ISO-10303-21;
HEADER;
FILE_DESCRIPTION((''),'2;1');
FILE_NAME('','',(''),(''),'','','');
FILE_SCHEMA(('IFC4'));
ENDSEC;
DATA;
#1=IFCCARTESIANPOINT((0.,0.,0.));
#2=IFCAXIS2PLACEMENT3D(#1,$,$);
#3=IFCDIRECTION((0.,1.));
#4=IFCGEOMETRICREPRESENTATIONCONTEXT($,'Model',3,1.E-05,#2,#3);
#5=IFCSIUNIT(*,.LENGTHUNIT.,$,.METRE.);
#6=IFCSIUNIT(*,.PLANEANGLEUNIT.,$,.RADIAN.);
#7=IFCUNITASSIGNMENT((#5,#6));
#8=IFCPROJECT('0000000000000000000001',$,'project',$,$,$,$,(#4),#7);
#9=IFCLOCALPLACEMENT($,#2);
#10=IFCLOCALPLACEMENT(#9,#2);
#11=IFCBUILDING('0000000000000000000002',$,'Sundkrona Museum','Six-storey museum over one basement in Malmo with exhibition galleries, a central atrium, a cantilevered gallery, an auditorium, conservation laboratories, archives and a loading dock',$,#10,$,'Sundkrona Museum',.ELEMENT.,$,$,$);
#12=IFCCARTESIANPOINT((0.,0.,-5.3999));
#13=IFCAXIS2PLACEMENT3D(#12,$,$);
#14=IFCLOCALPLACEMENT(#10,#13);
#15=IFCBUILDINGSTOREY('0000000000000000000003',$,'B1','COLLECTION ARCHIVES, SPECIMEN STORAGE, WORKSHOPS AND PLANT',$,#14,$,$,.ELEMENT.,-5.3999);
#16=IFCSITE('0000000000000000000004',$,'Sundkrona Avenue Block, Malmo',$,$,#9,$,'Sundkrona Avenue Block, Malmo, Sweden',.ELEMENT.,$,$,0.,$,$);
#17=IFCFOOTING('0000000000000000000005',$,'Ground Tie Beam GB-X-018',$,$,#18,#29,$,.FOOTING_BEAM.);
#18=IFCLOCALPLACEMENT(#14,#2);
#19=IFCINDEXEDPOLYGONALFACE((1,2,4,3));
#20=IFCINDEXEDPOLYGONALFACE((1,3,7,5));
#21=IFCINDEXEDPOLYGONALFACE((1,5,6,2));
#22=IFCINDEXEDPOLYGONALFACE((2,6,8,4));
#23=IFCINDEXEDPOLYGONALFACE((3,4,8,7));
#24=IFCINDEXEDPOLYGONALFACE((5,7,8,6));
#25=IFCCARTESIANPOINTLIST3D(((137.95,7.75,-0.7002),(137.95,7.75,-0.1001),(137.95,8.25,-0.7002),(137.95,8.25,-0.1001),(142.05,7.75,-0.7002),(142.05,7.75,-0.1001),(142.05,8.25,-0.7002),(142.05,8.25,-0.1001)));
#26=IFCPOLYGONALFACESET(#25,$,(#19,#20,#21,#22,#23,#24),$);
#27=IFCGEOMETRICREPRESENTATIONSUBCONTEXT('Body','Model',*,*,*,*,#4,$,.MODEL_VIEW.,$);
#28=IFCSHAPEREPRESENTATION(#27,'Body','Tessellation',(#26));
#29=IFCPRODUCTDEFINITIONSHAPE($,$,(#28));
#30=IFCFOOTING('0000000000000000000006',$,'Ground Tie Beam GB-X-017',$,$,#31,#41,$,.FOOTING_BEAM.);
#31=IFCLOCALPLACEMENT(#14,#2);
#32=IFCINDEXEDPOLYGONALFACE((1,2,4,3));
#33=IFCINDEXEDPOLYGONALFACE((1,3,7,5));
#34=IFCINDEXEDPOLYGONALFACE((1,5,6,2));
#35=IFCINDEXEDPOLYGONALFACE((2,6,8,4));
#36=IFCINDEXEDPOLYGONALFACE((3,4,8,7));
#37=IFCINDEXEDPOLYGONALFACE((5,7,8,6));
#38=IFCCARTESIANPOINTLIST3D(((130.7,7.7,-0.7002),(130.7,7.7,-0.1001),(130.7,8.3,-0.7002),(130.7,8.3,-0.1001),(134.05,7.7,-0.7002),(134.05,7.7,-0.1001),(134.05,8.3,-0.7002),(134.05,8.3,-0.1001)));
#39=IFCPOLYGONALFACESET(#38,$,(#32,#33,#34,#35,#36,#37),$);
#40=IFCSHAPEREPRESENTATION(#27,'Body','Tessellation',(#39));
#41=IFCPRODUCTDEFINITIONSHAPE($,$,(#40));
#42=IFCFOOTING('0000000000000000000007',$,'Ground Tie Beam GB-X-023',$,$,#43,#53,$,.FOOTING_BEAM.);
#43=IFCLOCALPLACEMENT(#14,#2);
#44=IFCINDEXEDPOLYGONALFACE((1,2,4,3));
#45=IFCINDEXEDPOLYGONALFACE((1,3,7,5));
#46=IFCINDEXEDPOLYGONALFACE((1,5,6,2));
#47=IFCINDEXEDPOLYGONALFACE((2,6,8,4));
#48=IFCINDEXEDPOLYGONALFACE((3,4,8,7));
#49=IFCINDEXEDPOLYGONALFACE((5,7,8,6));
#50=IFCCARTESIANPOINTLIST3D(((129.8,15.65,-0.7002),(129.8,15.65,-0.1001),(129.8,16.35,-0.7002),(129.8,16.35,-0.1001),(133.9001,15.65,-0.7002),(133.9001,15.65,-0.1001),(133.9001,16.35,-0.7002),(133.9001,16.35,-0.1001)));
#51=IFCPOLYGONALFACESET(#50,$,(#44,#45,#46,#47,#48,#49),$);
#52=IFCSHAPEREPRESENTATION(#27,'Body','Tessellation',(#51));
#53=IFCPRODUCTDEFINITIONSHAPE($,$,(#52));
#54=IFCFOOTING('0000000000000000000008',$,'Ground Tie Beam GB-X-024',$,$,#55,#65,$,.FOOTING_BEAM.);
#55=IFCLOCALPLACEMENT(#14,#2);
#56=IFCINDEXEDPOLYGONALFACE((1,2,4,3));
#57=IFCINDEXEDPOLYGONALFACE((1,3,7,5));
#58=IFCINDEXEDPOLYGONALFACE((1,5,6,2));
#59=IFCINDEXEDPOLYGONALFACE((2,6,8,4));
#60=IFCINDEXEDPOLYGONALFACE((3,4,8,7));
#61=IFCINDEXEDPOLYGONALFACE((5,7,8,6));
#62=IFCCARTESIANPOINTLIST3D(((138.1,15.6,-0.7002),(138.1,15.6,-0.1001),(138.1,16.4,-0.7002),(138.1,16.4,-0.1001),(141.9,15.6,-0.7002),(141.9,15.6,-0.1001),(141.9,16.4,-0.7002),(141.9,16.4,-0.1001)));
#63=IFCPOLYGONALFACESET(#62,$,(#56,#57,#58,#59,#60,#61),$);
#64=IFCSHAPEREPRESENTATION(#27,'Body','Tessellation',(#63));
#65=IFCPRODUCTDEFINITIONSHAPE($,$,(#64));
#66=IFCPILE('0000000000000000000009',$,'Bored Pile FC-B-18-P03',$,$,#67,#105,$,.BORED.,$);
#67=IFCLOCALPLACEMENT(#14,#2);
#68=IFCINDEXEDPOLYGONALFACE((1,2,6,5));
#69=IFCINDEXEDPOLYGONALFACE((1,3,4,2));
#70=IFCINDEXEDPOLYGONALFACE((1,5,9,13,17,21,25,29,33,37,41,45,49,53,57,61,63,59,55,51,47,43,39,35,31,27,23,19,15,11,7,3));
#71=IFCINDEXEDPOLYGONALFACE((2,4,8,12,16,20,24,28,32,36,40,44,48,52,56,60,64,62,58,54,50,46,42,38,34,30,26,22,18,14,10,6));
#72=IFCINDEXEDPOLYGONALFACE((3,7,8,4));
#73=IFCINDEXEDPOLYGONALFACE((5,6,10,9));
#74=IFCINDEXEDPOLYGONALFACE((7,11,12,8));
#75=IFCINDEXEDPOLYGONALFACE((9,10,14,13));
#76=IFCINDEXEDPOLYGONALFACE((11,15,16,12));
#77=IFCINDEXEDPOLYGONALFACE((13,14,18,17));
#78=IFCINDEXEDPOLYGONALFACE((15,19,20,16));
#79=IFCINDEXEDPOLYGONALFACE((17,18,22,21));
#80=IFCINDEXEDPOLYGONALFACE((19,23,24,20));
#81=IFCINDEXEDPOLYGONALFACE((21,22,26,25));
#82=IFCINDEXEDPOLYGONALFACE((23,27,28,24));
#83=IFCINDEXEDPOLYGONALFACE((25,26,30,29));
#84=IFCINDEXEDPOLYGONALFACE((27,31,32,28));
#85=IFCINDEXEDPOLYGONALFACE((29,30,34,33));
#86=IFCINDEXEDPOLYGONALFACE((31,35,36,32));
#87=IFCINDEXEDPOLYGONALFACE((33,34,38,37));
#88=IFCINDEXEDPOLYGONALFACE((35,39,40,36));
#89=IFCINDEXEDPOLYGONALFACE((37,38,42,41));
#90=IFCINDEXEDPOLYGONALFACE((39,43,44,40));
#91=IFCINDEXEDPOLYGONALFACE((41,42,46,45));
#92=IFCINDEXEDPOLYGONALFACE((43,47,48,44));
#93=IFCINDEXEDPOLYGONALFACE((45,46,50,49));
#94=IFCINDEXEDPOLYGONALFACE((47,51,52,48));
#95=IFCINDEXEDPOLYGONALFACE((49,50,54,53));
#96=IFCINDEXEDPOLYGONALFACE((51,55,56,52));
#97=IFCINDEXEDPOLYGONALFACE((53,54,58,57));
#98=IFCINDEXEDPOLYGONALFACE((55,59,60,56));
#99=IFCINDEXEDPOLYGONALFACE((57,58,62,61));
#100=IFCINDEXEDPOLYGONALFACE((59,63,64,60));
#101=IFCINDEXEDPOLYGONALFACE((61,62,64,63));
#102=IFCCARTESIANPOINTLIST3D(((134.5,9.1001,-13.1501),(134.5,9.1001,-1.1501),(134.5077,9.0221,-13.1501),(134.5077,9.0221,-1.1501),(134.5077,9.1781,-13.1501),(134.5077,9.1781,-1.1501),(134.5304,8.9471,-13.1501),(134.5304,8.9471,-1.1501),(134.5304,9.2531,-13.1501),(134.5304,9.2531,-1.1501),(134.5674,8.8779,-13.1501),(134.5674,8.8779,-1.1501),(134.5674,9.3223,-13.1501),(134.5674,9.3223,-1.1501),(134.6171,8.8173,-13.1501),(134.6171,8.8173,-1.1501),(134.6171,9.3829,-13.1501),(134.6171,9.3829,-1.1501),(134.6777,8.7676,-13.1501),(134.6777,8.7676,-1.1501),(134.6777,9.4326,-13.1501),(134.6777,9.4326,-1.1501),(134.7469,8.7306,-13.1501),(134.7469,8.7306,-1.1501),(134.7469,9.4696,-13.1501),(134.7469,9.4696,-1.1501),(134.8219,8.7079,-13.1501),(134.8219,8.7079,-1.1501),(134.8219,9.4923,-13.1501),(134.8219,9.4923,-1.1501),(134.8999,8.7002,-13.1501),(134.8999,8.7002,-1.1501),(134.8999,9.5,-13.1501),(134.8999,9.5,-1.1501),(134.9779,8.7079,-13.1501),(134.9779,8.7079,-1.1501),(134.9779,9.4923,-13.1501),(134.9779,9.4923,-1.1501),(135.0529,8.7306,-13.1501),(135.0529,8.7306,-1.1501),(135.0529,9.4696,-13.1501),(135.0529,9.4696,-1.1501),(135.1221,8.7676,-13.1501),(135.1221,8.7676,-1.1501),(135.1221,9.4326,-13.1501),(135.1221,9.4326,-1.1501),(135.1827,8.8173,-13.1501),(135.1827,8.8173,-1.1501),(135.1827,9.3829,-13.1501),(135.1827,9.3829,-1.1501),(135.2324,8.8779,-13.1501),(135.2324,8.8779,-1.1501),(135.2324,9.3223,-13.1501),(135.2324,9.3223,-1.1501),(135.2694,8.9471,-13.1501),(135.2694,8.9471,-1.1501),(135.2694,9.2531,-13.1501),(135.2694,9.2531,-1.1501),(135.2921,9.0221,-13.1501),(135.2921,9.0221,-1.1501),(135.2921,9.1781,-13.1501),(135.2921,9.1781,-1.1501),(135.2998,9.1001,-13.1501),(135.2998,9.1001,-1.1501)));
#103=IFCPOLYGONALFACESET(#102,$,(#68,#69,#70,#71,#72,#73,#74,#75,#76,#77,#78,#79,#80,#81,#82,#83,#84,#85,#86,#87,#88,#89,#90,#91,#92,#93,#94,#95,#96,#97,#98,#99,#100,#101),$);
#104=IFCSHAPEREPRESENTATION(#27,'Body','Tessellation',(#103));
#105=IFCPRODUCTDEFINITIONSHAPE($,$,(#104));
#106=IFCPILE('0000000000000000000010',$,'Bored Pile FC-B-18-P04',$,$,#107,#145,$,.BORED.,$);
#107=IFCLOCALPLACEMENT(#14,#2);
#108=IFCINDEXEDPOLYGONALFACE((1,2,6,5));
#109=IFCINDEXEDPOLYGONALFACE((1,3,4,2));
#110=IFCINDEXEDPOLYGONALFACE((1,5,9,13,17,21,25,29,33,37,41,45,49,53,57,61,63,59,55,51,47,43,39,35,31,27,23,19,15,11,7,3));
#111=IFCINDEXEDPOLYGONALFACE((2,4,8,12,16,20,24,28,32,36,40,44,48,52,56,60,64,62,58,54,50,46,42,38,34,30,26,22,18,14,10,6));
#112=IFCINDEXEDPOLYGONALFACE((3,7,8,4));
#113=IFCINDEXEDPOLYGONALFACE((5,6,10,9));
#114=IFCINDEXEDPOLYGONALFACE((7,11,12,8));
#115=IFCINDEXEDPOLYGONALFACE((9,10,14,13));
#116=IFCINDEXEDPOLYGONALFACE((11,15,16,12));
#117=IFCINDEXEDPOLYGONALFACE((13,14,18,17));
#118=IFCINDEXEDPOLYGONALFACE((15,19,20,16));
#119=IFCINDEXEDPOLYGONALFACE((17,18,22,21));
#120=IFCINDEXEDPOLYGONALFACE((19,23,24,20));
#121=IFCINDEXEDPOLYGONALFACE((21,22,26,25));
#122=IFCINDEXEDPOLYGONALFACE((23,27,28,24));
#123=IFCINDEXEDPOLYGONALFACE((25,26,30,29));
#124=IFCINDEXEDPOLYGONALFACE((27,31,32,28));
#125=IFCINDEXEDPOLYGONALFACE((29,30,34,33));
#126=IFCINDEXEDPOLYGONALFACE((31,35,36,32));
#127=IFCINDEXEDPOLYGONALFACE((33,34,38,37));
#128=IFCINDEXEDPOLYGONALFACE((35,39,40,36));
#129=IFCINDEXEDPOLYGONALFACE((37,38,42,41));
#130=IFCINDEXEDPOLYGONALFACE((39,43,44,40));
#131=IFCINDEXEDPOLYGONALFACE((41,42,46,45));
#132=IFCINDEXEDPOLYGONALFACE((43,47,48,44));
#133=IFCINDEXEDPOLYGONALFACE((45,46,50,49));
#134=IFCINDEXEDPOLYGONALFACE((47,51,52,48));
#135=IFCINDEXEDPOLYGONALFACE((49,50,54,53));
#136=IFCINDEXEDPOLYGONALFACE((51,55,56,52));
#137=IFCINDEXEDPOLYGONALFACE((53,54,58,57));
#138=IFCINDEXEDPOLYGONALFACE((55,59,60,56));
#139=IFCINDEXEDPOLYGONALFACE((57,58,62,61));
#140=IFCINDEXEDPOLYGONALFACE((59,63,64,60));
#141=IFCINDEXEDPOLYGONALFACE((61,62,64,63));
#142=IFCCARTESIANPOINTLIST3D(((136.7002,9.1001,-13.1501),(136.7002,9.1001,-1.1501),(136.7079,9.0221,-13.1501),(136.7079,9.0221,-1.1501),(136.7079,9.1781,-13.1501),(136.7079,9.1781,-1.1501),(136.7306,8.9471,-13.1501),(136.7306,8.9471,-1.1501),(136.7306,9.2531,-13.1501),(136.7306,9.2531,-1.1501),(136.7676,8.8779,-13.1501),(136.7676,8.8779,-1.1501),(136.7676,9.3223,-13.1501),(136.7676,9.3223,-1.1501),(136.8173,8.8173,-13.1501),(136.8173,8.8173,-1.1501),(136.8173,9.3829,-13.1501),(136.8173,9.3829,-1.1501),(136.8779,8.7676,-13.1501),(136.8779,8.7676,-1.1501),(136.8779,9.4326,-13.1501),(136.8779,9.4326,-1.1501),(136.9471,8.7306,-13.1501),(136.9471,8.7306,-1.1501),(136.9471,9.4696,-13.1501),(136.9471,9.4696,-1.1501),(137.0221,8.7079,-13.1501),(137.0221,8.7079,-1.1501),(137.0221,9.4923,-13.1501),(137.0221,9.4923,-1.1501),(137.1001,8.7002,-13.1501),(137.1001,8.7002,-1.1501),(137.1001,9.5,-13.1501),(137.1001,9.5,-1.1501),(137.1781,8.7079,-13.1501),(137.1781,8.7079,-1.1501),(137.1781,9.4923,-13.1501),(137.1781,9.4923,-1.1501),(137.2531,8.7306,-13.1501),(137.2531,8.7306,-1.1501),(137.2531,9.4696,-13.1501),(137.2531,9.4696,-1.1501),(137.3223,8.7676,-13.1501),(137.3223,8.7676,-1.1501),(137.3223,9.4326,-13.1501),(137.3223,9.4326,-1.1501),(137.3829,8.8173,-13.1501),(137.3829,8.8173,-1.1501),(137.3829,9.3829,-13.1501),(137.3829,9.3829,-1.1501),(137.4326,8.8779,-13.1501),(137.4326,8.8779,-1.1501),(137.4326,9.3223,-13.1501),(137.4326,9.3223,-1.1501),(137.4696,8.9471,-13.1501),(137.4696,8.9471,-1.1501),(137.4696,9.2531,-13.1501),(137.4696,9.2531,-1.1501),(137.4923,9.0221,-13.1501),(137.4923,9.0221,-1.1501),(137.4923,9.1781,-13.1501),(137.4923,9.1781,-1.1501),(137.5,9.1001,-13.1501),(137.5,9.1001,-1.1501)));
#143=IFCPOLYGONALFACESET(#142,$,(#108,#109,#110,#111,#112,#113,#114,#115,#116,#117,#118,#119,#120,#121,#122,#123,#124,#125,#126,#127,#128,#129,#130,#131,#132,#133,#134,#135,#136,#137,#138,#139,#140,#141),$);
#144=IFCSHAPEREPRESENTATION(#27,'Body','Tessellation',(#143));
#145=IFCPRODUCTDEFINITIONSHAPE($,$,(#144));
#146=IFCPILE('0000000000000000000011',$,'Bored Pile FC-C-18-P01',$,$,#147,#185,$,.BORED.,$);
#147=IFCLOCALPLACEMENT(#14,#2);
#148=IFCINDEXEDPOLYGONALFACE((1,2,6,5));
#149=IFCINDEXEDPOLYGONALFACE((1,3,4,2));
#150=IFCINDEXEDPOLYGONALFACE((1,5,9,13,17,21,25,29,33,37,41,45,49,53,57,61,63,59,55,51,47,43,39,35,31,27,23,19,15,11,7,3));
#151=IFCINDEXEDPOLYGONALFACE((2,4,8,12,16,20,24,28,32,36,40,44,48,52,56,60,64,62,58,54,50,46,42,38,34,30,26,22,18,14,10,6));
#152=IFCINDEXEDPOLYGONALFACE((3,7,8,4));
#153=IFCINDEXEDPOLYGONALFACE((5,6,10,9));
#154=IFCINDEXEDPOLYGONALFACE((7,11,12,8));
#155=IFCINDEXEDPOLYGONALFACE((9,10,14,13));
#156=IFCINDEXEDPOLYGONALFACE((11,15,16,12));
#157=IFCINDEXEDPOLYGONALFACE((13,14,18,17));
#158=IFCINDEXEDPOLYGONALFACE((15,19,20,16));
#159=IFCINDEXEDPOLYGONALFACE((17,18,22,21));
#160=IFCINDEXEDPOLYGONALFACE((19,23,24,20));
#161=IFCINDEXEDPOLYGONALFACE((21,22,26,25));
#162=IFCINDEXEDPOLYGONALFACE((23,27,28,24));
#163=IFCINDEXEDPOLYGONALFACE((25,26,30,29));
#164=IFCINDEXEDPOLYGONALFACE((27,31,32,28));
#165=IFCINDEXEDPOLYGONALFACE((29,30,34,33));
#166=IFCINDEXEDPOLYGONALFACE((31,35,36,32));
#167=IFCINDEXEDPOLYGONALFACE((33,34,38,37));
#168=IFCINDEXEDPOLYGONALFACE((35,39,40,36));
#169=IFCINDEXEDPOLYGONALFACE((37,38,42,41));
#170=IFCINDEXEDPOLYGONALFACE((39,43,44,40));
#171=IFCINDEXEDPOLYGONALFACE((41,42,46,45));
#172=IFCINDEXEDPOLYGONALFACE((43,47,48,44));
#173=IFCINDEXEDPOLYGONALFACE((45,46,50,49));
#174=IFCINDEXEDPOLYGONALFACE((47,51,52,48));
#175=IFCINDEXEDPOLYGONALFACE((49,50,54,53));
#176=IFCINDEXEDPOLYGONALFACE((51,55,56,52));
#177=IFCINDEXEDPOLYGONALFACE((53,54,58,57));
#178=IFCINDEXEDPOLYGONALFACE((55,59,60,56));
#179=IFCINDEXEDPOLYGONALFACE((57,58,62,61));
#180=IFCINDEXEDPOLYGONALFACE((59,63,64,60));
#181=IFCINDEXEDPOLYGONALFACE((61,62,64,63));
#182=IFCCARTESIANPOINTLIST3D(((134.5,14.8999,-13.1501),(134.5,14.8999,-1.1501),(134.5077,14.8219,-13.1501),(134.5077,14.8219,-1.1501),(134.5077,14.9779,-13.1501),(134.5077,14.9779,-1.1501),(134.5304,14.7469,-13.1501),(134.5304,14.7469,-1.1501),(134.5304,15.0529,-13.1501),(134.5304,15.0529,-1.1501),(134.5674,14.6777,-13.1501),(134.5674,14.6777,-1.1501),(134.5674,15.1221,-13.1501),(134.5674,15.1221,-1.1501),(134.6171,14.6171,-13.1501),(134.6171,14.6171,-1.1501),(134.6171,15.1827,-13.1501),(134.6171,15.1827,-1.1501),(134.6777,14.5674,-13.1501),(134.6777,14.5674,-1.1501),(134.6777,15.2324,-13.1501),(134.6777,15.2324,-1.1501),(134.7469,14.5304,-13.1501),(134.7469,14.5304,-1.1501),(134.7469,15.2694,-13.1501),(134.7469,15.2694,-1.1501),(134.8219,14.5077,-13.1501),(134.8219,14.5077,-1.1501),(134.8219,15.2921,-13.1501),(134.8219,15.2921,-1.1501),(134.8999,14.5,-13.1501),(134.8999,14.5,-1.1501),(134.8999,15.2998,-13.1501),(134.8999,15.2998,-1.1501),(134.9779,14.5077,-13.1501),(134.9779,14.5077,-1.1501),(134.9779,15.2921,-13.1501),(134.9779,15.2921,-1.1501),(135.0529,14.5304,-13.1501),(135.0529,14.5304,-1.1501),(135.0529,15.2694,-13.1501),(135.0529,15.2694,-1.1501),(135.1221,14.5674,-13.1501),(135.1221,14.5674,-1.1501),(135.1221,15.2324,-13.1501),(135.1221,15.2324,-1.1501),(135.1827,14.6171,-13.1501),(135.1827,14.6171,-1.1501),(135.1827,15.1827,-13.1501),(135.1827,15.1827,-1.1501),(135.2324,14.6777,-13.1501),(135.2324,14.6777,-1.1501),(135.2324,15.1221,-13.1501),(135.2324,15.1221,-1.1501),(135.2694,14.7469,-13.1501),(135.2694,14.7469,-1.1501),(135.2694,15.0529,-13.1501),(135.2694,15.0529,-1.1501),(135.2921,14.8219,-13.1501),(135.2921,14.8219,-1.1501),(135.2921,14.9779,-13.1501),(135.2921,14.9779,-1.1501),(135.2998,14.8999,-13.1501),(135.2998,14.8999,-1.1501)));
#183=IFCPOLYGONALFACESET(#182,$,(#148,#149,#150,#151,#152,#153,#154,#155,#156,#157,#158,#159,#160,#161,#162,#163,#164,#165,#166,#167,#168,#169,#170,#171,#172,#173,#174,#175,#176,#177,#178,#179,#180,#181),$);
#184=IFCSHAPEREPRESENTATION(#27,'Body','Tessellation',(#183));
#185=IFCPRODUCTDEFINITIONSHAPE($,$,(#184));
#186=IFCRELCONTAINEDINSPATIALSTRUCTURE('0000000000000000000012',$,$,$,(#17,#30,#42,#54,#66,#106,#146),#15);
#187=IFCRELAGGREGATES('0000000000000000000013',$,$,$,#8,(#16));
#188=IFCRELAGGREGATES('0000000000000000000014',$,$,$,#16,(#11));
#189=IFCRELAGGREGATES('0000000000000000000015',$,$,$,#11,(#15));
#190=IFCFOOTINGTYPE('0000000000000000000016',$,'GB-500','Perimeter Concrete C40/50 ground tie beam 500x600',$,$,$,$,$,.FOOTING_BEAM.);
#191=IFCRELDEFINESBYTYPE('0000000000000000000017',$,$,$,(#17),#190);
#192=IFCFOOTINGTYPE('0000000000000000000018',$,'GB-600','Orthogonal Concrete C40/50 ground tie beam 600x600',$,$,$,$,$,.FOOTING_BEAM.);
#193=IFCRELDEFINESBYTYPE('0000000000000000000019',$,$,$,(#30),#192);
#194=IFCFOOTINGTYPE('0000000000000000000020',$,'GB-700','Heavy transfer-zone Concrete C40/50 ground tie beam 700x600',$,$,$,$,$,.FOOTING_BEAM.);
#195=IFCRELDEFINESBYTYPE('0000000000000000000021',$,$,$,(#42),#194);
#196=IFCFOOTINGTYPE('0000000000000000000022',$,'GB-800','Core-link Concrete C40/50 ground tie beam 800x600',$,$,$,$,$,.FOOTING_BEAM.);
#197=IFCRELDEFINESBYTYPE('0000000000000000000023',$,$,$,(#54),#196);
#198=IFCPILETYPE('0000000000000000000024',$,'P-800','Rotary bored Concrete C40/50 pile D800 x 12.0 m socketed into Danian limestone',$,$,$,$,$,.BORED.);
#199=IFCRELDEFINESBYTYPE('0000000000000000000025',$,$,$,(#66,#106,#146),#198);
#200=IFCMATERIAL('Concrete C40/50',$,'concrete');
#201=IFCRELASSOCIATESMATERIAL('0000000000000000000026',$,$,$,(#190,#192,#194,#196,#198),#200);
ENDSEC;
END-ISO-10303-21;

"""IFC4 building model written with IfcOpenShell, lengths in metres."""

from ifc_helpers import new_model, si_unit, direction, frame, origin, origin_2d, place, context, subcontext, project, spatial, rectangle, circle, extrude, material, material_profile, profile_set, type_object, element, save


model = new_model("IFC4")

# Units and contexts
model_context = context("Model", 3, precision=1e-05, world=origin(), true_north=direction((0.0, 1.0)))
body_context = subcontext(model_context, "Body", "Model", "MODEL_VIEW")
ifc_project = project(units=[si_unit("LENGTHUNIT", "METRE"), si_unit("PLANEANGLEUNIT", "RADIAN")], contexts=[model_context])

# Site, building, storey
site_placement = place(None, origin())
site = spatial("IfcSite", under=ifc_project, at=site_placement, Name="Sundkrona Avenue Block, Malmo", LongName="Sundkrona Avenue Block, Malmo, Sweden", CompositionType="ELEMENT", RefElevation=0.0)
building_placement = place(site_placement, origin())
building = spatial("IfcBuilding", under=site, at=building_placement, Name="Sundkrona Museum", Description="Six-storey museum over one basement in Malmo with exhibition galleries, a central atrium, a cantilevered gallery, an auditorium, conservation laboratories, archives and a loading dock", LongName="Sundkrona Museum", CompositionType="ELEMENT")
storey_placement = place(building_placement, frame((0.0, 0.0, -5.3999)))
storey = spatial("IfcBuildingStorey", under=building, at=storey_placement, Name="B1", Description="COLLECTION ARCHIVES, SPECIMEN STORAGE, WORKSHOPS AND PLANT", CompositionType="ELEMENT", Elevation=-5.3999)

# Footings
ifc_material_1 = material(Name="Concrete C40/50", Category="concrete")
footing_type_1 = type_object("IfcFootingType", Name="GB-500", Description="Perimeter Concrete C40/50 ground tie beam 500x600", PredefinedType="FOOTING_BEAM", material=ifc_material_1)
footing_1_placement = place(storey_placement, frame((140.0, 8.0, -0.7002), z_axis=(0.0, 0.0, 1.0), x_axis=(1.0, 0.0, 0.0)))
element("IfcFooting", 1, at=footing_1_placement, inside=storey, type_object=footing_type_1, Name="Ground Tie Beam GB-X-018", PredefinedType="FOOTING_BEAM", context=body_context, shape_type="SweptSolid", body=[
    extrude(rectangle(XDim=4.1001, YDim=0.5, at=origin_2d()), origin(), (0.0, 0.0, 1.0), 0.6001),
])
footing_type_2 = type_object("IfcFootingType", Name="GB-600", Description="Orthogonal Concrete C40/50 ground tie beam 600x600", PredefinedType="FOOTING_BEAM", material=ifc_material_1)
footing_2_placement = place(storey_placement, frame((132.375, 8.0, -0.7002), z_axis=(0.0, 0.0, 1.0), x_axis=(1.0, 0.0, 0.0)))
element("IfcFooting", 2, at=footing_2_placement, inside=storey, type_object=footing_type_2, Name="Ground Tie Beam GB-X-017", PredefinedType="FOOTING_BEAM", context=body_context, shape_type="SweptSolid", body=[
    extrude(rectangle(XDim=3.3501, YDim=0.6001, at=origin_2d()), origin(), (0.0, 0.0, 1.0), 0.6001),
])
footing_type_3 = type_object("IfcFootingType", Name="GB-700", Description="Heavy transfer-zone Concrete C40/50 ground tie beam 700x600", PredefinedType="FOOTING_BEAM", material=ifc_material_1)
footing_3_placement = place(storey_placement, frame((131.8501, 16.0, -0.7002), z_axis=(0.0, 0.0, 1.0), x_axis=(1.0, 0.0, 0.0)))
element("IfcFooting", 3, at=footing_3_placement, inside=storey, type_object=footing_type_3, Name="Ground Tie Beam GB-X-023", PredefinedType="FOOTING_BEAM", context=body_context, shape_type="SweptSolid", body=[
    extrude(rectangle(XDim=4.1001, YDim=0.7, at=origin_2d()), origin(), (0.0, 0.0, 1.0), 0.6001),
])
footing_type_4 = type_object("IfcFootingType", Name="GB-800", Description="Core-link Concrete C40/50 ground tie beam 800x600", PredefinedType="FOOTING_BEAM", material=ifc_material_1)
footing_4_placement = place(storey_placement, frame((140.0, 16.0, -0.7002), z_axis=(0.0, 0.0, 1.0), x_axis=(1.0, 0.0, 0.0)))
element("IfcFooting", 4, at=footing_4_placement, inside=storey, type_object=footing_type_4, Name="Ground Tie Beam GB-X-024", PredefinedType="FOOTING_BEAM", context=body_context, shape_type="SweptSolid", body=[
    extrude(rectangle(XDim=3.8, YDim=0.8, at=origin_2d()), origin(), (0.0, 0.0, 1.0), 0.6001),
])

# Piles
ifc_material_profile_1 = material_profile(ifc_material_1, circle(Radius=0.3999, at=origin_2d()), Name="PILE D800")
ifc_profile_set_1 = profile_set([ifc_material_profile_1], Name="Concrete C40/50")
pile_type = type_object("IfcPileType", Name="P-800", Description="Rotary bored Concrete C40/50 pile D800 x 12.0 m socketed into Danian limestone", PredefinedType="BORED", material=ifc_profile_set_1)
for number, where, z_axis, x_axis, name in (
    (5, (134.8999, 9.1001, -1.1501), (0.0, 0.0, -1.0), (1.0, 0.0, 0.0), "Bored Pile FC-B-18-P03"),
    (6, (137.1001, 9.1001, -1.1501), (0.0, 0.0, -1.0), (1.0, 0.0, 0.0), "Bored Pile FC-B-18-P04"),
    (7, (134.8999, 14.8999, -1.1501), (0.0, 0.0, -1.0), (1.0, 0.0, 0.0), "Bored Pile FC-C-18-P01"),
):
    element("IfcPile", number, at=place(storey_placement, frame(where, z_axis=z_axis, x_axis=x_axis)), inside=storey, type_object=pile_type, Name=name, PredefinedType="BORED", context=body_context, shape_type="SweptSolid", body=[
        extrude(circle(Radius=0.3999, at=origin_2d()), origin(), (0.0, 0.0, 1.0), 12.0),
    ])

save(model, "model.ifc")
